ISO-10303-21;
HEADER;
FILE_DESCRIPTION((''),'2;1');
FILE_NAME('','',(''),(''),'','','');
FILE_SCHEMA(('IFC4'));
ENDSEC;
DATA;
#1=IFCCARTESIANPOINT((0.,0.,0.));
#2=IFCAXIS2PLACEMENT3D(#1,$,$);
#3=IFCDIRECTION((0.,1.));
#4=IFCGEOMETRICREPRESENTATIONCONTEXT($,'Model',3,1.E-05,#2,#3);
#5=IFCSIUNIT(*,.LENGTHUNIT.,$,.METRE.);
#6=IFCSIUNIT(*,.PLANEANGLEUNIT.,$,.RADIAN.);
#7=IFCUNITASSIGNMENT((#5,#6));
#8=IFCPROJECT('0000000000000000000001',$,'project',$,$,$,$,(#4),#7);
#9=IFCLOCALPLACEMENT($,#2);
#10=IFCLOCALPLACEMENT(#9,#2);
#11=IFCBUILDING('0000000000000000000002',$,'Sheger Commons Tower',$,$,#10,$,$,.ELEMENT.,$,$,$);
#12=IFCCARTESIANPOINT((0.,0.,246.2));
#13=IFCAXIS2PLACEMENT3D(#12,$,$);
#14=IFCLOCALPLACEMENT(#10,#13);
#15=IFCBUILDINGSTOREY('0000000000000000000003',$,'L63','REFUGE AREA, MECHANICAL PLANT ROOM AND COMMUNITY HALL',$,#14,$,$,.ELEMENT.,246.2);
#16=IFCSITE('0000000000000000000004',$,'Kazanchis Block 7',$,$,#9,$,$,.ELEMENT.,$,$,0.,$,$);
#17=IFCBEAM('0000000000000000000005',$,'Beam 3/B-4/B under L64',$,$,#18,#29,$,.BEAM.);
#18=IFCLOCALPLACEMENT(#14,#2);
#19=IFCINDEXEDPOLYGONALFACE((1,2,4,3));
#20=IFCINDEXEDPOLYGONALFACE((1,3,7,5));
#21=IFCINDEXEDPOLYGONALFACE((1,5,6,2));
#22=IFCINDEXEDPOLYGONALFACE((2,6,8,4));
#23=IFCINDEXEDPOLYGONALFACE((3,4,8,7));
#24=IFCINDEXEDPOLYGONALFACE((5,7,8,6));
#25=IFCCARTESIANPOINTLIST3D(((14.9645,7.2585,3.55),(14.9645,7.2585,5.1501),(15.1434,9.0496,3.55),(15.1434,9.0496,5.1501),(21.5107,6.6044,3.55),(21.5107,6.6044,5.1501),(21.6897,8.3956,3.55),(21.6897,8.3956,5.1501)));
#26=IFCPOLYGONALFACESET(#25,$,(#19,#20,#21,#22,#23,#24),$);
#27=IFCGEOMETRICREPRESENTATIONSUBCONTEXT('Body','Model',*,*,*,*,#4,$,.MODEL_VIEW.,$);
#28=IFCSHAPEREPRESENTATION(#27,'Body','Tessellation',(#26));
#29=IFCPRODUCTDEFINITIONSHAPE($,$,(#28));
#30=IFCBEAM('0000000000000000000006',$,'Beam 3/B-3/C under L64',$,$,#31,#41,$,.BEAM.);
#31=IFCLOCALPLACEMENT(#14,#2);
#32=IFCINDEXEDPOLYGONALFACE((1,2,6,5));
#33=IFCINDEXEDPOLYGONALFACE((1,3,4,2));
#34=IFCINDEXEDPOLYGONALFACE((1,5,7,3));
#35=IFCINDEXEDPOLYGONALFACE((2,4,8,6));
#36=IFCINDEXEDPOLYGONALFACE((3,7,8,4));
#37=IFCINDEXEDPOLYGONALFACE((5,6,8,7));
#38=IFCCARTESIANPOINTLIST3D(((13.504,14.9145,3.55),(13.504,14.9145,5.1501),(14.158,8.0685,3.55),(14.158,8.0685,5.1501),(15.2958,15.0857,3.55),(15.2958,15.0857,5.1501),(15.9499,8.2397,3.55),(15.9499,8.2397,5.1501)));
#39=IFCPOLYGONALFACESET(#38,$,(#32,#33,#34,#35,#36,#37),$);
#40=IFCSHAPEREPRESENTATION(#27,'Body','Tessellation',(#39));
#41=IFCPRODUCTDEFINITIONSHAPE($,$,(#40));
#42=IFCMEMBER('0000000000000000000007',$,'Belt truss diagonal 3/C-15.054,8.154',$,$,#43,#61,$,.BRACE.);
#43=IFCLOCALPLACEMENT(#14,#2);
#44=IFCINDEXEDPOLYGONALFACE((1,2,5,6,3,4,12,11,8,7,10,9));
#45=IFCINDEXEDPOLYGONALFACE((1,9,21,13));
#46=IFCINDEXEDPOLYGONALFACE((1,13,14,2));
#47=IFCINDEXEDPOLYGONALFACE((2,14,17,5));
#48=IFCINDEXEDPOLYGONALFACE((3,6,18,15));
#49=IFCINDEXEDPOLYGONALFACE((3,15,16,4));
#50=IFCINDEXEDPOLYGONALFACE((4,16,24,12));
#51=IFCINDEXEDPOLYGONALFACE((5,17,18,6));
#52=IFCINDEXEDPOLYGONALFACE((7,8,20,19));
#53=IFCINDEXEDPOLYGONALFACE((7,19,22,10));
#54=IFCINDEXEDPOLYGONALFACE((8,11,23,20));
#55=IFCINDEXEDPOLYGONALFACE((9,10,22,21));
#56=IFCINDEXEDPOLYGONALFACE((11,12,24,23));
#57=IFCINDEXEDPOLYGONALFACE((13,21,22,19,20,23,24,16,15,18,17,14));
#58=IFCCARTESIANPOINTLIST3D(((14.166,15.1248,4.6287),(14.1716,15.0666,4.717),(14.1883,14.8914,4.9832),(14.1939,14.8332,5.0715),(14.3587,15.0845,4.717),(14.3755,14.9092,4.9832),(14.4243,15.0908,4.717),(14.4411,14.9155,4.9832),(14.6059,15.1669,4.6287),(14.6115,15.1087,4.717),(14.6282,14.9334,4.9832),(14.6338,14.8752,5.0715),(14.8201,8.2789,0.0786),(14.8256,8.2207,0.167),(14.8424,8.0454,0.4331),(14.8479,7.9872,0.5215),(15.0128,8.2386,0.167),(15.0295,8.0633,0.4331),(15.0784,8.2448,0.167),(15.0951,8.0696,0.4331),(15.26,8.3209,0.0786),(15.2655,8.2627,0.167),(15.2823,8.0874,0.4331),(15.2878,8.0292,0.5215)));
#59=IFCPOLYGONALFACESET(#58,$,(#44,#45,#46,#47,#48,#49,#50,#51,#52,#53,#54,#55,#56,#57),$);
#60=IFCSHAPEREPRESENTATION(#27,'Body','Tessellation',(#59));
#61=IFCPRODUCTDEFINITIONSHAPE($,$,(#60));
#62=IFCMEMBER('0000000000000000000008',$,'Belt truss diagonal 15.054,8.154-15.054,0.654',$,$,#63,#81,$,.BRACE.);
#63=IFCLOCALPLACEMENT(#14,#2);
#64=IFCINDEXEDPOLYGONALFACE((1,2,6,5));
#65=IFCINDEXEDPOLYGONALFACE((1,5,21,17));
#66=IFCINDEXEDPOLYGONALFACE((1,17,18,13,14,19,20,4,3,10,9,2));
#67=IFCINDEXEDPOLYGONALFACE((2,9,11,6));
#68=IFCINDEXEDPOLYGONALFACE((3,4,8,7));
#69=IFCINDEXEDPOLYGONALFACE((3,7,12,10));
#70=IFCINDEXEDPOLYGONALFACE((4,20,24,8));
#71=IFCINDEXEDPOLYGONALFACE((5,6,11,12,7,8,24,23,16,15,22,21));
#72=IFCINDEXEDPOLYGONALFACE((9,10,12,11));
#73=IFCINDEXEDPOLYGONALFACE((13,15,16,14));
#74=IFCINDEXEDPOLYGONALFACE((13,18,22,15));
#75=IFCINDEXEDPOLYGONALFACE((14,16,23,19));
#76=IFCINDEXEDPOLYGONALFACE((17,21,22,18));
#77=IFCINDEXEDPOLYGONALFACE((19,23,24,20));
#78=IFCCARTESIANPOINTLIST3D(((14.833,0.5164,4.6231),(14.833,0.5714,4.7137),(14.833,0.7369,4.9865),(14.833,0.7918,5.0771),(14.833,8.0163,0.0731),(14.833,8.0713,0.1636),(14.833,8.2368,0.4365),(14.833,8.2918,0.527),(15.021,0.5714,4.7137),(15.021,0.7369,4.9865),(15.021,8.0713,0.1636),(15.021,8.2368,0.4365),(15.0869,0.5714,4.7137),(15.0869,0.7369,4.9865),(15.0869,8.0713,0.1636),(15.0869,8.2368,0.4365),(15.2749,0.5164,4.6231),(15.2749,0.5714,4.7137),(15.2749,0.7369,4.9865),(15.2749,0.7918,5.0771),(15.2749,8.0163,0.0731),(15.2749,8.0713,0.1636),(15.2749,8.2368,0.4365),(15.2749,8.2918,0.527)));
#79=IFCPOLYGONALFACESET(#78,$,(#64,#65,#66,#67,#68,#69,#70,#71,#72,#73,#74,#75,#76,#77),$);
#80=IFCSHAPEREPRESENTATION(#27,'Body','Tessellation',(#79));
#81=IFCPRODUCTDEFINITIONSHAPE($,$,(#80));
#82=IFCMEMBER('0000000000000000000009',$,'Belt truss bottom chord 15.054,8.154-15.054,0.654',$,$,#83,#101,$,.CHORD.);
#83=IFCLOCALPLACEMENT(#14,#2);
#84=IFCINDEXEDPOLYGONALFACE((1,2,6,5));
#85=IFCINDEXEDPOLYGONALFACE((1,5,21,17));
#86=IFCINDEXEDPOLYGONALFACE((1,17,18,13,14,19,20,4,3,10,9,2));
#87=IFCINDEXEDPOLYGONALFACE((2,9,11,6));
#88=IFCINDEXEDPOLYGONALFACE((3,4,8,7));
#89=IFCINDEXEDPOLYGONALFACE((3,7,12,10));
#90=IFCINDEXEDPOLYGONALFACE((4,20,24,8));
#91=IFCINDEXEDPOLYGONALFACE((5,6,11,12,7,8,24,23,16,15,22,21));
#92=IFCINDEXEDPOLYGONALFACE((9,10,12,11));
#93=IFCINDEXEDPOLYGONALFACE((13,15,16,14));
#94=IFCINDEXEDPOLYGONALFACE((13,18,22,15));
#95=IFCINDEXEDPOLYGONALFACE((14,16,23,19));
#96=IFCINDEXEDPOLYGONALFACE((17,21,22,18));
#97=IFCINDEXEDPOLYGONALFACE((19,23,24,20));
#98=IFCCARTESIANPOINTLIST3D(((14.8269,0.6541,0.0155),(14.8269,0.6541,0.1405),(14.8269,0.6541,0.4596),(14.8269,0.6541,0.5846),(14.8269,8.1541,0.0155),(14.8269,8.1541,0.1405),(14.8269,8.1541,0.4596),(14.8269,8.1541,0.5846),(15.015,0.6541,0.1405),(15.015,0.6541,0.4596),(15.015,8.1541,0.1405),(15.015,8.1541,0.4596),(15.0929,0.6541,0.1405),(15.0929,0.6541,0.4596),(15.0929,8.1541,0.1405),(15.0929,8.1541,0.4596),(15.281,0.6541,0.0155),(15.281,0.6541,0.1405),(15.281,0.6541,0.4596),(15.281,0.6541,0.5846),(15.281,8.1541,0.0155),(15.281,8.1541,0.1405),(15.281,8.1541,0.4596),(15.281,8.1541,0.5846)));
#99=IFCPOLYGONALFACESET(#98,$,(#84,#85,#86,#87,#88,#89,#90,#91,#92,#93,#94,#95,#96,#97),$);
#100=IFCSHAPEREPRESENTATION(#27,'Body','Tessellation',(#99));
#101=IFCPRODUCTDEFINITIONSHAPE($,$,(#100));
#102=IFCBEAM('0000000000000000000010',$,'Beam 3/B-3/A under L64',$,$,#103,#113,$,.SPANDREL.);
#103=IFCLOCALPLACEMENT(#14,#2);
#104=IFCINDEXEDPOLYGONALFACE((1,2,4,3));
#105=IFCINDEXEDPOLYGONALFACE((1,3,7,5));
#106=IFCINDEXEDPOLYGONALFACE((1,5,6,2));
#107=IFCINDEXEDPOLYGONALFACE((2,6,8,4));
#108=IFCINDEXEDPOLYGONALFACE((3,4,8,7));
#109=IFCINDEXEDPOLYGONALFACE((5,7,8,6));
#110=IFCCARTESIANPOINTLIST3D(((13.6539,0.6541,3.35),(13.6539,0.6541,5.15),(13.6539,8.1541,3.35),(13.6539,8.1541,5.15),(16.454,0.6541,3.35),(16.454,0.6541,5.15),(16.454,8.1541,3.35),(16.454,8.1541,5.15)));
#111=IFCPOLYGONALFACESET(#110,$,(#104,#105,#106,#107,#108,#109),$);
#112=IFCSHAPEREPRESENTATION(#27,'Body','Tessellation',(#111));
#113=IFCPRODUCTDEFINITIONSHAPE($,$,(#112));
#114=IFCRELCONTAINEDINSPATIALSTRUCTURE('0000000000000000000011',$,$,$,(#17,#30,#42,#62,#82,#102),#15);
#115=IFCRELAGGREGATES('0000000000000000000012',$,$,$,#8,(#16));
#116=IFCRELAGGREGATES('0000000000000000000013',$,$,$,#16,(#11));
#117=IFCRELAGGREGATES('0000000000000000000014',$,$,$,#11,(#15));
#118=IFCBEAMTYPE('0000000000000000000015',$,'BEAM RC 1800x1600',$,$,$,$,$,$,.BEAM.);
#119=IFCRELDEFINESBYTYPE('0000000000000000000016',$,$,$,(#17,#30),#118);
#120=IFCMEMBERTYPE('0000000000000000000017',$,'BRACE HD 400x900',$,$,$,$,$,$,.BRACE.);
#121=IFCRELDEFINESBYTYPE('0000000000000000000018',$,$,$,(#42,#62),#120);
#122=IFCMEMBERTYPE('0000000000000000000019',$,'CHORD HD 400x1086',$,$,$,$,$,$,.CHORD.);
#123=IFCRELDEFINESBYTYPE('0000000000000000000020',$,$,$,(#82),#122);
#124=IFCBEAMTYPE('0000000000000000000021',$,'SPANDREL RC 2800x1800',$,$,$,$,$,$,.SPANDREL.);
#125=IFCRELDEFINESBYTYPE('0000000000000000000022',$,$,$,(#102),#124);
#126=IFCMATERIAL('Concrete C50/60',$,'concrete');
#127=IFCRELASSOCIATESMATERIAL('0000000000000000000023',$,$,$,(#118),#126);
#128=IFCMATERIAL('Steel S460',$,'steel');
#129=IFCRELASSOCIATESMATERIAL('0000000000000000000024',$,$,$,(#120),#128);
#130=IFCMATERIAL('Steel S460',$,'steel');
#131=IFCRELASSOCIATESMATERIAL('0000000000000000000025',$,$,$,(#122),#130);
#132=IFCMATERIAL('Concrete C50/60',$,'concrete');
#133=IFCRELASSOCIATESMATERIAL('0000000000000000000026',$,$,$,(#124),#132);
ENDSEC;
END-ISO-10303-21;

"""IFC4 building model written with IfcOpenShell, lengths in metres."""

from ifc_helpers import new_model, si_unit, direction, frame, origin, origin_2d, place, context, subcontext, project, spatial, rectangle, i_section, extrude, material, material_profile, profile_set, type_object, element, save


model = new_model("IFC4")

# Units and contexts
model_context = context("Model", 3, precision=1e-05, world=origin(), true_north=direction((0.0, 1.0)))
body_context = subcontext(model_context, "Body", "Model", "MODEL_VIEW")
ifc_project = project(units=[si_unit("LENGTHUNIT", "METRE"), si_unit("PLANEANGLEUNIT", "RADIAN")], contexts=[model_context])

# Site, building, storey
site_placement = place(None, origin())
site = spatial("IfcSite", under=ifc_project, at=site_placement, Name="Kazanchis Block 7", CompositionType="ELEMENT", RefElevation=0.0)
building_placement = place(site_placement, origin())
building = spatial("IfcBuilding", under=site, at=building_placement, Name="Sheger Commons Tower", CompositionType="ELEMENT")
storey_placement = place(building_placement, frame((0.0, 0.0, 246.2)))
storey = spatial("IfcBuildingStorey", under=building, at=storey_placement, Name="L63", Description="REFUGE AREA, MECHANICAL PLANT ROOM AND COMMUNITY HALL", CompositionType="ELEMENT", Elevation=246.2)

# Beams
ifc_material_1 = material(Name="Concrete C50/60", Category="concrete")
ifc_material_profile_1 = material_profile(ifc_material_1, rectangle(XDim=1.8, YDim=1.6001, at=origin_2d()), Name="RC 1800x1600")
ifc_profile_set_1 = profile_set([ifc_material_profile_1], Name="Concrete C50/60")
beam_type_1 = type_object("IfcBeamType", Name="BEAM RC 1800x1600", PredefinedType="BEAM", material=ifc_profile_set_1)
beam_1_placement = place(storey_placement, frame((15.054, 8.1541, 4.3501), z_axis=(0.995046, -0.099419, 0.0), x_axis=(0.099419, 0.995046, 0.0)))
element("IfcBeam", 1, at=beam_1_placement, inside=storey, type_object=beam_type_1, Name="Beam 3/B-4/B under L64", PredefinedType="BEAM", context=body_context, shape_type="SweptSolid", body=[
    extrude(rectangle(XDim=1.8, YDim=1.6001, at=origin_2d()), origin(), (0.0, 0.0, 1.0), 6.5789),
])
beam_2_placement = place(storey_placement, frame((15.054, 8.1541, 4.3501), z_axis=(-0.095106, 0.995467, 0.0), x_axis=(-0.995467, -0.095106, 0.0)))
element("IfcBeam", 2, at=beam_2_placement, inside=storey, type_object=beam_type_1, Name="Beam 3/B-3/C under L64", PredefinedType="BEAM", context=body_context, shape_type="SweptSolid", body=[
    extrude(rectangle(XDim=1.8, YDim=1.6001, at=origin_2d()), origin(), (0.0, 0.0, 1.0), 6.8772),
])

# Members
ifc_material_2 = material(Name="Steel S460", Category="steel")
ifc_material_profile_2 = material_profile(ifc_material_2, i_section(OverallWidth=0.4419, OverallDepth=0.531, WebThickness=0.0659, FlangeThickness=0.106, at=origin_2d()), Name="HD 400x900")
ifc_profile_set_2 = profile_set([ifc_material_profile_2], Name="Steel S460")
member_type_1 = type_object("IfcMemberType", Name="BRACE HD 400x900", PredefinedType="BRACE", material=ifc_profile_set_2)
member_1_placement = place(storey_placement, frame((15.054, 8.1541, 0.3), z_axis=(-0.079317, 0.830207, 0.551784), x_axis=(-0.995467, -0.095106, 0.0)))
element("IfcMember", 3, at=member_1_placement, inside=storey, type_object=member_type_1, Name="Belt truss diagonal 3/C-15.054,8.154", PredefinedType="BRACE", context=body_context, shape_type="SweptSolid", body=[
    extrude(i_section(OverallWidth=0.4419, OverallDepth=0.531, WebThickness=0.0659, FlangeThickness=0.106, at=origin_2d()), origin(), (0.0, 0.0, 1.0), 8.2461),
])
member_2_placement = place(storey_placement, frame((15.054, 8.1541, 0.3), z_axis=(0.0, -0.854966, 0.518685), x_axis=(1.0, 0.0, 0.0)))
element("IfcMember", 4, at=member_2_placement, inside=storey, type_object=member_type_1, Name="Belt truss diagonal 15.054,8.154-15.054,0.654", PredefinedType="BRACE", context=body_context, shape_type="SweptSolid", body=[
    extrude(i_section(OverallWidth=0.4419, OverallDepth=0.531, WebThickness=0.0659, FlangeThickness=0.106, at=origin_2d()), origin(), (0.0, 0.0, 1.0), 8.7722),
])
ifc_material_3 = material(Name="Steel S460", Category="steel")
ifc_material_profile_3 = material_profile(ifc_material_3, i_section(OverallWidth=0.4541, OverallDepth=0.5691, WebThickness=0.0779, FlangeThickness=0.125, at=origin_2d()), Name="HD 400x1086")
ifc_profile_set_3 = profile_set([ifc_material_profile_3], Name="Steel S460")
member_type_2 = type_object("IfcMemberType", Name="CHORD HD 400x1086", PredefinedType="CHORD", material=ifc_profile_set_3)
member_3_placement = place(storey_placement, frame((15.054, 8.1541, 0.3), z_axis=(0.0, -1.0, 0.0), x_axis=(1.0, 0.0, 0.0)))
element("IfcMember", 5, at=member_3_placement, inside=storey, type_object=member_type_2, Name="Belt truss bottom chord 15.054,8.154-15.054,0.654", PredefinedType="CHORD", context=body_context, shape_type="SweptSolid", body=[
    extrude(i_section(OverallWidth=0.4541, OverallDepth=0.5691, WebThickness=0.0779, FlangeThickness=0.125, at=origin_2d()), origin(), (0.0, 0.0, 1.0), 7.5),
])

# Beam
ifc_material_4 = material(Name="Concrete C50/60", Category="concrete")
ifc_material_profile_4 = material_profile(ifc_material_4, rectangle(XDim=2.8, YDim=1.8, at=origin_2d()), Name="RC 2800x1800")
ifc_profile_set_4 = profile_set([ifc_material_profile_4], Name="Concrete C50/60")
beam_type_2 = type_object("IfcBeamType", Name="SPANDREL RC 2800x1800", PredefinedType="SPANDREL", material=ifc_profile_set_4)
beam_3_placement = place(storey_placement, frame((15.054, 8.1541, 4.25), z_axis=(0.0, -1.0, 0.0), x_axis=(1.0, 0.0, 0.0)))
element("IfcBeam", 6, at=beam_3_placement, inside=storey, type_object=beam_type_2, Name="Beam 3/B-3/A under L64", PredefinedType="SPANDREL", context=body_context, shape_type="SweptSolid", body=[
    extrude(rectangle(XDim=2.8, YDim=1.8, at=origin_2d()), origin(), (0.0, 0.0, 1.0), 7.5),
])

save(model, "model.ifc")
